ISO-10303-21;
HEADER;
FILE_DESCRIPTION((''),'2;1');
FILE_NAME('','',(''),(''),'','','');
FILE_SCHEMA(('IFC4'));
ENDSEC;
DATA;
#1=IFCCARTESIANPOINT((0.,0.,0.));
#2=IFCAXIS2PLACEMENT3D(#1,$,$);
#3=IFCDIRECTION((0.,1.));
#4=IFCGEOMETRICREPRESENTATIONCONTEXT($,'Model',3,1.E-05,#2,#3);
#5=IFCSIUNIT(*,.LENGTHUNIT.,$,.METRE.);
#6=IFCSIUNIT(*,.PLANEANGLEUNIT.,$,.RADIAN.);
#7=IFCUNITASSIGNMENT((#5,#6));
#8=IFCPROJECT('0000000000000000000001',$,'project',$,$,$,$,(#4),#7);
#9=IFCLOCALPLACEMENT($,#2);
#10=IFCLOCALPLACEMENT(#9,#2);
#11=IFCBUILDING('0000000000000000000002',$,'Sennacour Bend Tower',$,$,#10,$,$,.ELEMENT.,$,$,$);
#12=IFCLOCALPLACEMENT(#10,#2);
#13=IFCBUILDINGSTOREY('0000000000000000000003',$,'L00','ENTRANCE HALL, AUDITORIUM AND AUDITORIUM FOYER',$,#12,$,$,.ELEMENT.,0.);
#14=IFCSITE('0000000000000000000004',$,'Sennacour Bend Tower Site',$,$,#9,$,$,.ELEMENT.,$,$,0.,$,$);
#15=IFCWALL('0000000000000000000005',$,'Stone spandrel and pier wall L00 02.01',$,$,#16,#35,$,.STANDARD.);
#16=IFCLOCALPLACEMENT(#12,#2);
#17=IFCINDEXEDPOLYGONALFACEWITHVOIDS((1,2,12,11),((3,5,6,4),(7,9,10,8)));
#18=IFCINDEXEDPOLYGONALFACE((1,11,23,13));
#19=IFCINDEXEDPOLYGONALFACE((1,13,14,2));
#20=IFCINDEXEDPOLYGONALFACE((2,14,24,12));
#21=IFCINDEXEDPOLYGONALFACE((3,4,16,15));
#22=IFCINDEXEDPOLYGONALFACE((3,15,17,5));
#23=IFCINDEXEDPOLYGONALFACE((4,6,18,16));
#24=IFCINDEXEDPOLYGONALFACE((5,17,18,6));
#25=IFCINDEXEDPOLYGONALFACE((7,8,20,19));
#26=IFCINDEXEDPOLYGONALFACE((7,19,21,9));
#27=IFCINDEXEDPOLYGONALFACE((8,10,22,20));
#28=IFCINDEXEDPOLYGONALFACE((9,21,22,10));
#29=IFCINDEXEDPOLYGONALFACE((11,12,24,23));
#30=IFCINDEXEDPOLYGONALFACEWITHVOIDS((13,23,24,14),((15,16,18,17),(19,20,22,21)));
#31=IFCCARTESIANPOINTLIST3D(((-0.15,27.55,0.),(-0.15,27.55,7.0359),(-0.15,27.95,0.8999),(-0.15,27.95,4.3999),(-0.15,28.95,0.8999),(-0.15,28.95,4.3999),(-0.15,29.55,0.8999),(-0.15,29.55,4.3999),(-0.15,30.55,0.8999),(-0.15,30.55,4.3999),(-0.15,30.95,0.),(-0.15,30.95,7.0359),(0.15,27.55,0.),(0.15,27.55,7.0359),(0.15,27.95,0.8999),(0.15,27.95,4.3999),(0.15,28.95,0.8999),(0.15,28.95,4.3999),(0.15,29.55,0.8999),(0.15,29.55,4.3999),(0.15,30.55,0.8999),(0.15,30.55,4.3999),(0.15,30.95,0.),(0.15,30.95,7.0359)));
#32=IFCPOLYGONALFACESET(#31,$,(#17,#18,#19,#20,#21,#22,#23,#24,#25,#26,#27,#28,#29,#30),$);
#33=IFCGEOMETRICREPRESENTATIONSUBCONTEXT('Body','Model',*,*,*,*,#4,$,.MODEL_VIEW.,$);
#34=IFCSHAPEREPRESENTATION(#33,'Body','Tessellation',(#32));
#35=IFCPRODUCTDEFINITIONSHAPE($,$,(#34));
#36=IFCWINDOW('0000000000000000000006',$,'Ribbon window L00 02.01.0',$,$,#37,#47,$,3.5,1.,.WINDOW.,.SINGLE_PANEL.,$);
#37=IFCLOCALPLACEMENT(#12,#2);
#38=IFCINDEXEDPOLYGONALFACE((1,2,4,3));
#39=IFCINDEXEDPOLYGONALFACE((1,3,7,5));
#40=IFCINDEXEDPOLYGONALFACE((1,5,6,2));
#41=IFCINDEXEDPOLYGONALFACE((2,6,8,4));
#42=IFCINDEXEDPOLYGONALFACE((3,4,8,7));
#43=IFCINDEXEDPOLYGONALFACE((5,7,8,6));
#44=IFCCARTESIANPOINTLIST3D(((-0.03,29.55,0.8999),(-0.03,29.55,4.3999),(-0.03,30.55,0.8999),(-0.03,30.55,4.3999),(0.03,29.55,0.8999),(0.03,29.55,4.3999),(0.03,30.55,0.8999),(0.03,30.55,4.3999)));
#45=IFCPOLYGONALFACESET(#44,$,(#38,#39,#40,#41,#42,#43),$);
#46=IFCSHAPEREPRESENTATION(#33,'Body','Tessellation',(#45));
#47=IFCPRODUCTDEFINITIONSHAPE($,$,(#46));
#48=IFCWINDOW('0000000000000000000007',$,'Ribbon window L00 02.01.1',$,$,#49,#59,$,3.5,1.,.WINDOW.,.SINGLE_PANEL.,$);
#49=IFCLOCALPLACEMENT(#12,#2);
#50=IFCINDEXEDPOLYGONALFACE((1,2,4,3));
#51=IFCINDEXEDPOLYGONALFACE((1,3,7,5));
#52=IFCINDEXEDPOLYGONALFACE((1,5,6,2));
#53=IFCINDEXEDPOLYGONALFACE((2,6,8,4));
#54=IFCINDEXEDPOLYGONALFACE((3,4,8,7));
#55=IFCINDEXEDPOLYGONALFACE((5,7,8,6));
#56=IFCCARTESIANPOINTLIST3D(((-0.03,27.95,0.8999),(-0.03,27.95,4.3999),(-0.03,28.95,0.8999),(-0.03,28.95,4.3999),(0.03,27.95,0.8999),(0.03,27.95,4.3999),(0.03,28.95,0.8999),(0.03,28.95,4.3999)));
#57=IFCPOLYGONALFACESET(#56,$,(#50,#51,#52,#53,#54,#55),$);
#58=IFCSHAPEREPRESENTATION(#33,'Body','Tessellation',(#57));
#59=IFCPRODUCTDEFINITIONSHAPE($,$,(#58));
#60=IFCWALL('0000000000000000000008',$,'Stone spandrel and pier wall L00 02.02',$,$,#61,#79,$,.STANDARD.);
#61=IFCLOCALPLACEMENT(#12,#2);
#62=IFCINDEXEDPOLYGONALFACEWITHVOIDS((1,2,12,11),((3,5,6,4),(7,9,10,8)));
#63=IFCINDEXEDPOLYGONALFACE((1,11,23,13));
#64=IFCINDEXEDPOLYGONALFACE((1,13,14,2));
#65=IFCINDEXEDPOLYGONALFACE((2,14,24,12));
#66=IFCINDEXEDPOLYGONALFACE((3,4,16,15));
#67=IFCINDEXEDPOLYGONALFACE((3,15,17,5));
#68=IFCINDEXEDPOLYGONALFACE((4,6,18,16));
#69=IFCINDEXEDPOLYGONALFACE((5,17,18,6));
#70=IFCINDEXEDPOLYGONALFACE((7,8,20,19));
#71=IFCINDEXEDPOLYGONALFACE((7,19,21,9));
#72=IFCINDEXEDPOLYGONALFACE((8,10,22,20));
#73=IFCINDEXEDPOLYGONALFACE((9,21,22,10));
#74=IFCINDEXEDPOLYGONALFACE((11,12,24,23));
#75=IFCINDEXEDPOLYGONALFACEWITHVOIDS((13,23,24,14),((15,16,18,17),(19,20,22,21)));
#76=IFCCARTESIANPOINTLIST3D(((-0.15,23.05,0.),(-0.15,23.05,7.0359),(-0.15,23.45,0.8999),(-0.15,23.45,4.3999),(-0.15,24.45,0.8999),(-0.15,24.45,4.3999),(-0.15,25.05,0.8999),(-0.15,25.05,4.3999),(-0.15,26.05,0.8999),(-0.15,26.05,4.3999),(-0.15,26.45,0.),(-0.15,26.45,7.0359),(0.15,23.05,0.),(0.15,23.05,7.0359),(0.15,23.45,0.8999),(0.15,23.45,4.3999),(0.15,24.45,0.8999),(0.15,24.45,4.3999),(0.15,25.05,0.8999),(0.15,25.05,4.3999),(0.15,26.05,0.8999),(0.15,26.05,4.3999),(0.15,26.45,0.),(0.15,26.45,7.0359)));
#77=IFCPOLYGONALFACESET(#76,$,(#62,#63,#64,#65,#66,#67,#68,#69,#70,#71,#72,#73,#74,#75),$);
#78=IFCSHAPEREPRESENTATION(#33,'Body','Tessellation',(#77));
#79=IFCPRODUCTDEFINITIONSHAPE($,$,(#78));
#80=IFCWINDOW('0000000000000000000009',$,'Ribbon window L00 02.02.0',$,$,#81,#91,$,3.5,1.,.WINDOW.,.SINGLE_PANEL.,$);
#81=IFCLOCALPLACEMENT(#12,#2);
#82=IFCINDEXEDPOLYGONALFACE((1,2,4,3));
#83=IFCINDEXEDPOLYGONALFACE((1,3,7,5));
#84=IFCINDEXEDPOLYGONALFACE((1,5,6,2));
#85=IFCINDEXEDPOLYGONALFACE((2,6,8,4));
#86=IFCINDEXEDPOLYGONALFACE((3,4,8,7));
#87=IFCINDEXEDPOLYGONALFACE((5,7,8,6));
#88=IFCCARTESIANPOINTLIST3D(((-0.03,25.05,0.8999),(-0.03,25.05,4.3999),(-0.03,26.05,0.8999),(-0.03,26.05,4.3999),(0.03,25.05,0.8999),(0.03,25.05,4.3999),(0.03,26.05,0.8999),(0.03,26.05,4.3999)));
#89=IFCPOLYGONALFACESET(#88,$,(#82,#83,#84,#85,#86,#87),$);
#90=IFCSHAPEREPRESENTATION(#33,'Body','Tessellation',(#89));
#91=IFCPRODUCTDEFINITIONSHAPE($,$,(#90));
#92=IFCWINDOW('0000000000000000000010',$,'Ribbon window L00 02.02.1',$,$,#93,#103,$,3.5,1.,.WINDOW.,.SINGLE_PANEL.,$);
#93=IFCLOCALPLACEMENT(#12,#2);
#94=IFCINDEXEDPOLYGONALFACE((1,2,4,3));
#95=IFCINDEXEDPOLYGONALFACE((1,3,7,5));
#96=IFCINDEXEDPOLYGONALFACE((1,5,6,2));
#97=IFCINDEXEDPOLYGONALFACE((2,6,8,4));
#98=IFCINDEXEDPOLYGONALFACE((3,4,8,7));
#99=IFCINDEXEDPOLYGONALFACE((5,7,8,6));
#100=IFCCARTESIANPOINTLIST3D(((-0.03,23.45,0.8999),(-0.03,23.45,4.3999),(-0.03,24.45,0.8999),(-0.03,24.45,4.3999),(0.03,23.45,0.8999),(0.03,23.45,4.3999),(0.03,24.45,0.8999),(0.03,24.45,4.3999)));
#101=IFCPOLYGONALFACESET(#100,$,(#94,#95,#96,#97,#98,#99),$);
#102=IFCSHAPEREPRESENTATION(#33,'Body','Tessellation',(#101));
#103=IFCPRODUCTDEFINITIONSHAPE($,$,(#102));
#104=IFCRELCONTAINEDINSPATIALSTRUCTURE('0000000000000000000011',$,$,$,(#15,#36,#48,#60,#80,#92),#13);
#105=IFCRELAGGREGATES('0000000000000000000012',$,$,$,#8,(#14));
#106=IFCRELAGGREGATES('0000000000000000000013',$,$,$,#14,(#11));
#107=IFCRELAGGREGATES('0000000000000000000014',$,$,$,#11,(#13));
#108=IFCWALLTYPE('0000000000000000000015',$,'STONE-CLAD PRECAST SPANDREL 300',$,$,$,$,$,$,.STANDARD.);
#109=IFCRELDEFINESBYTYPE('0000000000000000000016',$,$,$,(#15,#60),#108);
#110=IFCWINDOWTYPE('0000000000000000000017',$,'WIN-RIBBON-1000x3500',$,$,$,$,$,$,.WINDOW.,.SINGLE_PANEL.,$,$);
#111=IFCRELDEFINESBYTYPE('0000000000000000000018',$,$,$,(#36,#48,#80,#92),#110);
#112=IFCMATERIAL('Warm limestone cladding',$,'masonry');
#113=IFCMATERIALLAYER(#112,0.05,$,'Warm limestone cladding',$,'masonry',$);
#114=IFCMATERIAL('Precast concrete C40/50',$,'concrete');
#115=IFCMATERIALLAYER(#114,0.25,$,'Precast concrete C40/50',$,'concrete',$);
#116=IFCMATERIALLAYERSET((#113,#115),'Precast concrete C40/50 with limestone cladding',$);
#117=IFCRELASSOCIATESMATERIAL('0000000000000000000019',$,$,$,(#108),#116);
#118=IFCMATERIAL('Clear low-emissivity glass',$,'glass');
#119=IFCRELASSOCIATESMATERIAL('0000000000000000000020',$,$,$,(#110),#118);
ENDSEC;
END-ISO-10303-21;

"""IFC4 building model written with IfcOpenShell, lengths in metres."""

from ifc_helpers import new_model, si_unit, direction, frame, frame_2d, origin, place, context, subcontext, project, spatial, rectangle, extrude, material, layer, layer_set, type_object, element, fill, save


model = new_model("IFC4")

# Units and contexts
model_context = context("Model", 3, precision=1e-05, world=origin(), true_north=direction((0.0, 1.0)))
body_context = subcontext(model_context, "Body", "Model", "MODEL_VIEW")
ifc_project = project(units=[si_unit("LENGTHUNIT", "METRE"), si_unit("PLANEANGLEUNIT", "RADIAN")], contexts=[model_context])

# Site, building, storey
site_placement = place(None, origin())
site = spatial("IfcSite", under=ifc_project, at=site_placement, Name="Sennacour Bend Tower Site", CompositionType="ELEMENT", RefElevation=0.0)
building_placement = place(site_placement, origin())
building = spatial("IfcBuilding", under=site, at=building_placement, Name="Sennacour Bend Tower", CompositionType="ELEMENT")
storey_placement = place(building_placement, origin())
storey = spatial("IfcBuildingStorey", under=building, at=storey_placement, Name="L00", Description="ENTRANCE HALL, AUDITORIUM AND AUDITORIUM FOYER", CompositionType="ELEMENT", Elevation=0.0)

# Shared definitions
ifc_material_1 = material(Name="Precast concrete C40/50", Category="concrete")

# Walls, openings, windows
ifc_material_2 = material(Name="Warm limestone cladding", Category="masonry")
ifc_layer_1 = layer(ifc_material_2, 0.05, Name="Warm limestone cladding", Category="masonry")
ifc_layer_2 = layer(ifc_material_1, 0.25, Name="Precast concrete C40/50", Category="concrete")
ifc_layer_set_1 = layer_set([ifc_layer_1, ifc_layer_2], Name="Precast concrete C40/50 with limestone cladding")
wall_type_1 = type_object("IfcWallType", Name="STONE-CLAD PRECAST SPANDREL 300", PredefinedType="STANDARD", material=ifc_layer_set_1)
wall_1_placement = place(storey_placement, frame((0.0, 30.95, 0.0), z_axis=(0.0, 0.0, 1.0), x_axis=(0.0, -1.0, 0.0)))
wall_1 = element("IfcWall", 1, at=wall_1_placement, inside=storey, type_object=wall_type_1, Name="Stone spandrel and pier wall L00 02.01", PredefinedType="STANDARD", context=body_context, shape_type="SweptSolid", body=[
    extrude(rectangle(XDim=3.3999, YDim=0.3, at=frame_2d((1.7, 0.0))), origin(), (0.0, 0.0, 1.0), 7.0359),
])
opening_1_placement = place(wall_1_placement, frame((0.3999, 0.0, 0.8999)))
opening_1 = element("IfcOpeningElement", 2, at=opening_1_placement, cuts=wall_1, PredefinedType="OPENING", context=body_context, shape_type="SweptSolid", body=[
    extrude(rectangle(XDim=1.0, YDim=3.5, at=frame_2d((0.5, 1.75))), frame((0.0, 0.1602, 0.0), z_axis=(0.0, -1.0, 0.0), x_axis=(1.0, 0.0, 0.0)), (0.0, 0.0, 1.0), 0.3201),
])
opening_2_placement = place(wall_1_placement, frame((2.0, 0.0, 0.8999)))
opening_2 = element("IfcOpeningElement", 3, at=opening_2_placement, cuts=wall_1, PredefinedType="OPENING", context=body_context, shape_type="SweptSolid", body=[
    extrude(rectangle(XDim=1.0, YDim=3.5, at=frame_2d((0.5, 1.75))), frame((0.0, 0.1602, 0.0), z_axis=(0.0, -1.0, 0.0), x_axis=(1.0, 0.0, 0.0)), (0.0, 0.0, 1.0), 0.3201),
])
ifc_material_3 = material(Name="Clear low-emissivity glass", Category="glass")
window_type = type_object("IfcWindowType", Name="WIN-RIBBON-1000x3500", PartitioningType="SINGLE_PANEL", PredefinedType="WINDOW", material=ifc_material_3)
window_1_placement = place(opening_1_placement, origin())
window_1 = element("IfcWindow", 4, at=window_1_placement, inside=storey, type_object=window_type, Name="Ribbon window L00 02.01.0", OverallHeight=3.5, OverallWidth=1.0, PartitioningType="SINGLE_PANEL", PredefinedType="WINDOW", context=body_context, shape_type="SweptSolid", body=[
    extrude(rectangle(XDim=1.0, YDim=3.5, at=frame_2d((0.5, 1.75))), frame((0.0, 0.03, 0.0), z_axis=(0.0, -1.0, 0.0), x_axis=(1.0, 0.0, 0.0)), (0.0, 0.0, 1.0), 0.0601),
])
fill(opening_1, window_1)
window_2_placement = place(opening_2_placement, origin())
window_2 = element("IfcWindow", 5, at=window_2_placement, inside=storey, type_object=window_type, Name="Ribbon window L00 02.01.1", OverallHeight=3.5, OverallWidth=1.0, PartitioningType="SINGLE_PANEL", PredefinedType="WINDOW", context=body_context, shape_type="SweptSolid", body=[
    extrude(rectangle(XDim=1.0, YDim=3.5, at=frame_2d((0.5, 1.75))), frame((0.0, 0.03, 0.0), z_axis=(0.0, -1.0, 0.0), x_axis=(1.0, 0.0, 0.0)), (0.0, 0.0, 1.0), 0.0601),
])
fill(opening_2, window_2)
wall_2_placement = place(storey_placement, frame((0.0, 26.45, 0.0), z_axis=(0.0, 0.0, 1.0), x_axis=(0.0, -1.0, 0.0)))
wall_2 = element("IfcWall", 6, at=wall_2_placement, inside=storey, type_object=wall_type_1, Name="Stone spandrel and pier wall L00 02.02", PredefinedType="STANDARD", context=body_context, shape_type="SweptSolid", body=[
    extrude(rectangle(XDim=3.3999, YDim=0.3, at=frame_2d((1.7, 0.0))), origin(), (0.0, 0.0, 1.0), 7.0359),
])
opening_3_placement = place(wall_2_placement, frame((0.3999, 0.0, 0.8999)))
opening_3 = element("IfcOpeningElement", 7, at=opening_3_placement, cuts=wall_2, PredefinedType="OPENING", context=body_context, shape_type="SweptSolid", body=[
    extrude(rectangle(XDim=1.0, YDim=3.5, at=frame_2d((0.5, 1.75))), frame((0.0, 0.1602, 0.0), z_axis=(0.0, -1.0, 0.0), x_axis=(1.0, 0.0, 0.0)), (0.0, 0.0, 1.0), 0.3201),
])
opening_4_placement = place(wall_2_placement, frame((2.0, 0.0, 0.8999)))
opening_4 = element("IfcOpeningElement", 8, at=opening_4_placement, cuts=wall_2, PredefinedType="OPENING", context=body_context, shape_type="SweptSolid", body=[
    extrude(rectangle(XDim=1.0, YDim=3.5, at=frame_2d((0.5, 1.75))), frame((0.0, 0.1602, 0.0), z_axis=(0.0, -1.0, 0.0), x_axis=(1.0, 0.0, 0.0)), (0.0, 0.0, 1.0), 0.3201),
])
window_3_placement = place(opening_3_placement, origin())
window_3 = element("IfcWindow", 9, at=window_3_placement, inside=storey, type_object=window_type, Name="Ribbon window L00 02.02.0", OverallHeight=3.5, OverallWidth=1.0, PartitioningType="SINGLE_PANEL", PredefinedType="WINDOW", context=body_context, shape_type="SweptSolid", body=[
    extrude(rectangle(XDim=1.0, YDim=3.5, at=frame_2d((0.5, 1.75))), frame((0.0, 0.03, 0.0), z_axis=(0.0, -1.0, 0.0), x_axis=(1.0, 0.0, 0.0)), (0.0, 0.0, 1.0), 0.0601),
])
fill(opening_3, window_3)
window_4_placement = place(opening_4_placement, origin())
window_4 = element("IfcWindow", 10, at=window_4_placement, inside=storey, type_object=window_type, Name="Ribbon window L00 02.02.1", OverallHeight=3.5, OverallWidth=1.0, PartitioningType="SINGLE_PANEL", PredefinedType="WINDOW", context=body_context, shape_type="SweptSolid", body=[
    extrude(rectangle(XDim=1.0, YDim=3.5, at=frame_2d((0.5, 1.75))), frame((0.0, 0.03, 0.0), z_axis=(0.0, -1.0, 0.0), x_axis=(1.0, 0.0, 0.0)), (0.0, 0.0, 1.0), 0.0601),
])
fill(opening_4, window_4)

save(model, "model.ifc")
